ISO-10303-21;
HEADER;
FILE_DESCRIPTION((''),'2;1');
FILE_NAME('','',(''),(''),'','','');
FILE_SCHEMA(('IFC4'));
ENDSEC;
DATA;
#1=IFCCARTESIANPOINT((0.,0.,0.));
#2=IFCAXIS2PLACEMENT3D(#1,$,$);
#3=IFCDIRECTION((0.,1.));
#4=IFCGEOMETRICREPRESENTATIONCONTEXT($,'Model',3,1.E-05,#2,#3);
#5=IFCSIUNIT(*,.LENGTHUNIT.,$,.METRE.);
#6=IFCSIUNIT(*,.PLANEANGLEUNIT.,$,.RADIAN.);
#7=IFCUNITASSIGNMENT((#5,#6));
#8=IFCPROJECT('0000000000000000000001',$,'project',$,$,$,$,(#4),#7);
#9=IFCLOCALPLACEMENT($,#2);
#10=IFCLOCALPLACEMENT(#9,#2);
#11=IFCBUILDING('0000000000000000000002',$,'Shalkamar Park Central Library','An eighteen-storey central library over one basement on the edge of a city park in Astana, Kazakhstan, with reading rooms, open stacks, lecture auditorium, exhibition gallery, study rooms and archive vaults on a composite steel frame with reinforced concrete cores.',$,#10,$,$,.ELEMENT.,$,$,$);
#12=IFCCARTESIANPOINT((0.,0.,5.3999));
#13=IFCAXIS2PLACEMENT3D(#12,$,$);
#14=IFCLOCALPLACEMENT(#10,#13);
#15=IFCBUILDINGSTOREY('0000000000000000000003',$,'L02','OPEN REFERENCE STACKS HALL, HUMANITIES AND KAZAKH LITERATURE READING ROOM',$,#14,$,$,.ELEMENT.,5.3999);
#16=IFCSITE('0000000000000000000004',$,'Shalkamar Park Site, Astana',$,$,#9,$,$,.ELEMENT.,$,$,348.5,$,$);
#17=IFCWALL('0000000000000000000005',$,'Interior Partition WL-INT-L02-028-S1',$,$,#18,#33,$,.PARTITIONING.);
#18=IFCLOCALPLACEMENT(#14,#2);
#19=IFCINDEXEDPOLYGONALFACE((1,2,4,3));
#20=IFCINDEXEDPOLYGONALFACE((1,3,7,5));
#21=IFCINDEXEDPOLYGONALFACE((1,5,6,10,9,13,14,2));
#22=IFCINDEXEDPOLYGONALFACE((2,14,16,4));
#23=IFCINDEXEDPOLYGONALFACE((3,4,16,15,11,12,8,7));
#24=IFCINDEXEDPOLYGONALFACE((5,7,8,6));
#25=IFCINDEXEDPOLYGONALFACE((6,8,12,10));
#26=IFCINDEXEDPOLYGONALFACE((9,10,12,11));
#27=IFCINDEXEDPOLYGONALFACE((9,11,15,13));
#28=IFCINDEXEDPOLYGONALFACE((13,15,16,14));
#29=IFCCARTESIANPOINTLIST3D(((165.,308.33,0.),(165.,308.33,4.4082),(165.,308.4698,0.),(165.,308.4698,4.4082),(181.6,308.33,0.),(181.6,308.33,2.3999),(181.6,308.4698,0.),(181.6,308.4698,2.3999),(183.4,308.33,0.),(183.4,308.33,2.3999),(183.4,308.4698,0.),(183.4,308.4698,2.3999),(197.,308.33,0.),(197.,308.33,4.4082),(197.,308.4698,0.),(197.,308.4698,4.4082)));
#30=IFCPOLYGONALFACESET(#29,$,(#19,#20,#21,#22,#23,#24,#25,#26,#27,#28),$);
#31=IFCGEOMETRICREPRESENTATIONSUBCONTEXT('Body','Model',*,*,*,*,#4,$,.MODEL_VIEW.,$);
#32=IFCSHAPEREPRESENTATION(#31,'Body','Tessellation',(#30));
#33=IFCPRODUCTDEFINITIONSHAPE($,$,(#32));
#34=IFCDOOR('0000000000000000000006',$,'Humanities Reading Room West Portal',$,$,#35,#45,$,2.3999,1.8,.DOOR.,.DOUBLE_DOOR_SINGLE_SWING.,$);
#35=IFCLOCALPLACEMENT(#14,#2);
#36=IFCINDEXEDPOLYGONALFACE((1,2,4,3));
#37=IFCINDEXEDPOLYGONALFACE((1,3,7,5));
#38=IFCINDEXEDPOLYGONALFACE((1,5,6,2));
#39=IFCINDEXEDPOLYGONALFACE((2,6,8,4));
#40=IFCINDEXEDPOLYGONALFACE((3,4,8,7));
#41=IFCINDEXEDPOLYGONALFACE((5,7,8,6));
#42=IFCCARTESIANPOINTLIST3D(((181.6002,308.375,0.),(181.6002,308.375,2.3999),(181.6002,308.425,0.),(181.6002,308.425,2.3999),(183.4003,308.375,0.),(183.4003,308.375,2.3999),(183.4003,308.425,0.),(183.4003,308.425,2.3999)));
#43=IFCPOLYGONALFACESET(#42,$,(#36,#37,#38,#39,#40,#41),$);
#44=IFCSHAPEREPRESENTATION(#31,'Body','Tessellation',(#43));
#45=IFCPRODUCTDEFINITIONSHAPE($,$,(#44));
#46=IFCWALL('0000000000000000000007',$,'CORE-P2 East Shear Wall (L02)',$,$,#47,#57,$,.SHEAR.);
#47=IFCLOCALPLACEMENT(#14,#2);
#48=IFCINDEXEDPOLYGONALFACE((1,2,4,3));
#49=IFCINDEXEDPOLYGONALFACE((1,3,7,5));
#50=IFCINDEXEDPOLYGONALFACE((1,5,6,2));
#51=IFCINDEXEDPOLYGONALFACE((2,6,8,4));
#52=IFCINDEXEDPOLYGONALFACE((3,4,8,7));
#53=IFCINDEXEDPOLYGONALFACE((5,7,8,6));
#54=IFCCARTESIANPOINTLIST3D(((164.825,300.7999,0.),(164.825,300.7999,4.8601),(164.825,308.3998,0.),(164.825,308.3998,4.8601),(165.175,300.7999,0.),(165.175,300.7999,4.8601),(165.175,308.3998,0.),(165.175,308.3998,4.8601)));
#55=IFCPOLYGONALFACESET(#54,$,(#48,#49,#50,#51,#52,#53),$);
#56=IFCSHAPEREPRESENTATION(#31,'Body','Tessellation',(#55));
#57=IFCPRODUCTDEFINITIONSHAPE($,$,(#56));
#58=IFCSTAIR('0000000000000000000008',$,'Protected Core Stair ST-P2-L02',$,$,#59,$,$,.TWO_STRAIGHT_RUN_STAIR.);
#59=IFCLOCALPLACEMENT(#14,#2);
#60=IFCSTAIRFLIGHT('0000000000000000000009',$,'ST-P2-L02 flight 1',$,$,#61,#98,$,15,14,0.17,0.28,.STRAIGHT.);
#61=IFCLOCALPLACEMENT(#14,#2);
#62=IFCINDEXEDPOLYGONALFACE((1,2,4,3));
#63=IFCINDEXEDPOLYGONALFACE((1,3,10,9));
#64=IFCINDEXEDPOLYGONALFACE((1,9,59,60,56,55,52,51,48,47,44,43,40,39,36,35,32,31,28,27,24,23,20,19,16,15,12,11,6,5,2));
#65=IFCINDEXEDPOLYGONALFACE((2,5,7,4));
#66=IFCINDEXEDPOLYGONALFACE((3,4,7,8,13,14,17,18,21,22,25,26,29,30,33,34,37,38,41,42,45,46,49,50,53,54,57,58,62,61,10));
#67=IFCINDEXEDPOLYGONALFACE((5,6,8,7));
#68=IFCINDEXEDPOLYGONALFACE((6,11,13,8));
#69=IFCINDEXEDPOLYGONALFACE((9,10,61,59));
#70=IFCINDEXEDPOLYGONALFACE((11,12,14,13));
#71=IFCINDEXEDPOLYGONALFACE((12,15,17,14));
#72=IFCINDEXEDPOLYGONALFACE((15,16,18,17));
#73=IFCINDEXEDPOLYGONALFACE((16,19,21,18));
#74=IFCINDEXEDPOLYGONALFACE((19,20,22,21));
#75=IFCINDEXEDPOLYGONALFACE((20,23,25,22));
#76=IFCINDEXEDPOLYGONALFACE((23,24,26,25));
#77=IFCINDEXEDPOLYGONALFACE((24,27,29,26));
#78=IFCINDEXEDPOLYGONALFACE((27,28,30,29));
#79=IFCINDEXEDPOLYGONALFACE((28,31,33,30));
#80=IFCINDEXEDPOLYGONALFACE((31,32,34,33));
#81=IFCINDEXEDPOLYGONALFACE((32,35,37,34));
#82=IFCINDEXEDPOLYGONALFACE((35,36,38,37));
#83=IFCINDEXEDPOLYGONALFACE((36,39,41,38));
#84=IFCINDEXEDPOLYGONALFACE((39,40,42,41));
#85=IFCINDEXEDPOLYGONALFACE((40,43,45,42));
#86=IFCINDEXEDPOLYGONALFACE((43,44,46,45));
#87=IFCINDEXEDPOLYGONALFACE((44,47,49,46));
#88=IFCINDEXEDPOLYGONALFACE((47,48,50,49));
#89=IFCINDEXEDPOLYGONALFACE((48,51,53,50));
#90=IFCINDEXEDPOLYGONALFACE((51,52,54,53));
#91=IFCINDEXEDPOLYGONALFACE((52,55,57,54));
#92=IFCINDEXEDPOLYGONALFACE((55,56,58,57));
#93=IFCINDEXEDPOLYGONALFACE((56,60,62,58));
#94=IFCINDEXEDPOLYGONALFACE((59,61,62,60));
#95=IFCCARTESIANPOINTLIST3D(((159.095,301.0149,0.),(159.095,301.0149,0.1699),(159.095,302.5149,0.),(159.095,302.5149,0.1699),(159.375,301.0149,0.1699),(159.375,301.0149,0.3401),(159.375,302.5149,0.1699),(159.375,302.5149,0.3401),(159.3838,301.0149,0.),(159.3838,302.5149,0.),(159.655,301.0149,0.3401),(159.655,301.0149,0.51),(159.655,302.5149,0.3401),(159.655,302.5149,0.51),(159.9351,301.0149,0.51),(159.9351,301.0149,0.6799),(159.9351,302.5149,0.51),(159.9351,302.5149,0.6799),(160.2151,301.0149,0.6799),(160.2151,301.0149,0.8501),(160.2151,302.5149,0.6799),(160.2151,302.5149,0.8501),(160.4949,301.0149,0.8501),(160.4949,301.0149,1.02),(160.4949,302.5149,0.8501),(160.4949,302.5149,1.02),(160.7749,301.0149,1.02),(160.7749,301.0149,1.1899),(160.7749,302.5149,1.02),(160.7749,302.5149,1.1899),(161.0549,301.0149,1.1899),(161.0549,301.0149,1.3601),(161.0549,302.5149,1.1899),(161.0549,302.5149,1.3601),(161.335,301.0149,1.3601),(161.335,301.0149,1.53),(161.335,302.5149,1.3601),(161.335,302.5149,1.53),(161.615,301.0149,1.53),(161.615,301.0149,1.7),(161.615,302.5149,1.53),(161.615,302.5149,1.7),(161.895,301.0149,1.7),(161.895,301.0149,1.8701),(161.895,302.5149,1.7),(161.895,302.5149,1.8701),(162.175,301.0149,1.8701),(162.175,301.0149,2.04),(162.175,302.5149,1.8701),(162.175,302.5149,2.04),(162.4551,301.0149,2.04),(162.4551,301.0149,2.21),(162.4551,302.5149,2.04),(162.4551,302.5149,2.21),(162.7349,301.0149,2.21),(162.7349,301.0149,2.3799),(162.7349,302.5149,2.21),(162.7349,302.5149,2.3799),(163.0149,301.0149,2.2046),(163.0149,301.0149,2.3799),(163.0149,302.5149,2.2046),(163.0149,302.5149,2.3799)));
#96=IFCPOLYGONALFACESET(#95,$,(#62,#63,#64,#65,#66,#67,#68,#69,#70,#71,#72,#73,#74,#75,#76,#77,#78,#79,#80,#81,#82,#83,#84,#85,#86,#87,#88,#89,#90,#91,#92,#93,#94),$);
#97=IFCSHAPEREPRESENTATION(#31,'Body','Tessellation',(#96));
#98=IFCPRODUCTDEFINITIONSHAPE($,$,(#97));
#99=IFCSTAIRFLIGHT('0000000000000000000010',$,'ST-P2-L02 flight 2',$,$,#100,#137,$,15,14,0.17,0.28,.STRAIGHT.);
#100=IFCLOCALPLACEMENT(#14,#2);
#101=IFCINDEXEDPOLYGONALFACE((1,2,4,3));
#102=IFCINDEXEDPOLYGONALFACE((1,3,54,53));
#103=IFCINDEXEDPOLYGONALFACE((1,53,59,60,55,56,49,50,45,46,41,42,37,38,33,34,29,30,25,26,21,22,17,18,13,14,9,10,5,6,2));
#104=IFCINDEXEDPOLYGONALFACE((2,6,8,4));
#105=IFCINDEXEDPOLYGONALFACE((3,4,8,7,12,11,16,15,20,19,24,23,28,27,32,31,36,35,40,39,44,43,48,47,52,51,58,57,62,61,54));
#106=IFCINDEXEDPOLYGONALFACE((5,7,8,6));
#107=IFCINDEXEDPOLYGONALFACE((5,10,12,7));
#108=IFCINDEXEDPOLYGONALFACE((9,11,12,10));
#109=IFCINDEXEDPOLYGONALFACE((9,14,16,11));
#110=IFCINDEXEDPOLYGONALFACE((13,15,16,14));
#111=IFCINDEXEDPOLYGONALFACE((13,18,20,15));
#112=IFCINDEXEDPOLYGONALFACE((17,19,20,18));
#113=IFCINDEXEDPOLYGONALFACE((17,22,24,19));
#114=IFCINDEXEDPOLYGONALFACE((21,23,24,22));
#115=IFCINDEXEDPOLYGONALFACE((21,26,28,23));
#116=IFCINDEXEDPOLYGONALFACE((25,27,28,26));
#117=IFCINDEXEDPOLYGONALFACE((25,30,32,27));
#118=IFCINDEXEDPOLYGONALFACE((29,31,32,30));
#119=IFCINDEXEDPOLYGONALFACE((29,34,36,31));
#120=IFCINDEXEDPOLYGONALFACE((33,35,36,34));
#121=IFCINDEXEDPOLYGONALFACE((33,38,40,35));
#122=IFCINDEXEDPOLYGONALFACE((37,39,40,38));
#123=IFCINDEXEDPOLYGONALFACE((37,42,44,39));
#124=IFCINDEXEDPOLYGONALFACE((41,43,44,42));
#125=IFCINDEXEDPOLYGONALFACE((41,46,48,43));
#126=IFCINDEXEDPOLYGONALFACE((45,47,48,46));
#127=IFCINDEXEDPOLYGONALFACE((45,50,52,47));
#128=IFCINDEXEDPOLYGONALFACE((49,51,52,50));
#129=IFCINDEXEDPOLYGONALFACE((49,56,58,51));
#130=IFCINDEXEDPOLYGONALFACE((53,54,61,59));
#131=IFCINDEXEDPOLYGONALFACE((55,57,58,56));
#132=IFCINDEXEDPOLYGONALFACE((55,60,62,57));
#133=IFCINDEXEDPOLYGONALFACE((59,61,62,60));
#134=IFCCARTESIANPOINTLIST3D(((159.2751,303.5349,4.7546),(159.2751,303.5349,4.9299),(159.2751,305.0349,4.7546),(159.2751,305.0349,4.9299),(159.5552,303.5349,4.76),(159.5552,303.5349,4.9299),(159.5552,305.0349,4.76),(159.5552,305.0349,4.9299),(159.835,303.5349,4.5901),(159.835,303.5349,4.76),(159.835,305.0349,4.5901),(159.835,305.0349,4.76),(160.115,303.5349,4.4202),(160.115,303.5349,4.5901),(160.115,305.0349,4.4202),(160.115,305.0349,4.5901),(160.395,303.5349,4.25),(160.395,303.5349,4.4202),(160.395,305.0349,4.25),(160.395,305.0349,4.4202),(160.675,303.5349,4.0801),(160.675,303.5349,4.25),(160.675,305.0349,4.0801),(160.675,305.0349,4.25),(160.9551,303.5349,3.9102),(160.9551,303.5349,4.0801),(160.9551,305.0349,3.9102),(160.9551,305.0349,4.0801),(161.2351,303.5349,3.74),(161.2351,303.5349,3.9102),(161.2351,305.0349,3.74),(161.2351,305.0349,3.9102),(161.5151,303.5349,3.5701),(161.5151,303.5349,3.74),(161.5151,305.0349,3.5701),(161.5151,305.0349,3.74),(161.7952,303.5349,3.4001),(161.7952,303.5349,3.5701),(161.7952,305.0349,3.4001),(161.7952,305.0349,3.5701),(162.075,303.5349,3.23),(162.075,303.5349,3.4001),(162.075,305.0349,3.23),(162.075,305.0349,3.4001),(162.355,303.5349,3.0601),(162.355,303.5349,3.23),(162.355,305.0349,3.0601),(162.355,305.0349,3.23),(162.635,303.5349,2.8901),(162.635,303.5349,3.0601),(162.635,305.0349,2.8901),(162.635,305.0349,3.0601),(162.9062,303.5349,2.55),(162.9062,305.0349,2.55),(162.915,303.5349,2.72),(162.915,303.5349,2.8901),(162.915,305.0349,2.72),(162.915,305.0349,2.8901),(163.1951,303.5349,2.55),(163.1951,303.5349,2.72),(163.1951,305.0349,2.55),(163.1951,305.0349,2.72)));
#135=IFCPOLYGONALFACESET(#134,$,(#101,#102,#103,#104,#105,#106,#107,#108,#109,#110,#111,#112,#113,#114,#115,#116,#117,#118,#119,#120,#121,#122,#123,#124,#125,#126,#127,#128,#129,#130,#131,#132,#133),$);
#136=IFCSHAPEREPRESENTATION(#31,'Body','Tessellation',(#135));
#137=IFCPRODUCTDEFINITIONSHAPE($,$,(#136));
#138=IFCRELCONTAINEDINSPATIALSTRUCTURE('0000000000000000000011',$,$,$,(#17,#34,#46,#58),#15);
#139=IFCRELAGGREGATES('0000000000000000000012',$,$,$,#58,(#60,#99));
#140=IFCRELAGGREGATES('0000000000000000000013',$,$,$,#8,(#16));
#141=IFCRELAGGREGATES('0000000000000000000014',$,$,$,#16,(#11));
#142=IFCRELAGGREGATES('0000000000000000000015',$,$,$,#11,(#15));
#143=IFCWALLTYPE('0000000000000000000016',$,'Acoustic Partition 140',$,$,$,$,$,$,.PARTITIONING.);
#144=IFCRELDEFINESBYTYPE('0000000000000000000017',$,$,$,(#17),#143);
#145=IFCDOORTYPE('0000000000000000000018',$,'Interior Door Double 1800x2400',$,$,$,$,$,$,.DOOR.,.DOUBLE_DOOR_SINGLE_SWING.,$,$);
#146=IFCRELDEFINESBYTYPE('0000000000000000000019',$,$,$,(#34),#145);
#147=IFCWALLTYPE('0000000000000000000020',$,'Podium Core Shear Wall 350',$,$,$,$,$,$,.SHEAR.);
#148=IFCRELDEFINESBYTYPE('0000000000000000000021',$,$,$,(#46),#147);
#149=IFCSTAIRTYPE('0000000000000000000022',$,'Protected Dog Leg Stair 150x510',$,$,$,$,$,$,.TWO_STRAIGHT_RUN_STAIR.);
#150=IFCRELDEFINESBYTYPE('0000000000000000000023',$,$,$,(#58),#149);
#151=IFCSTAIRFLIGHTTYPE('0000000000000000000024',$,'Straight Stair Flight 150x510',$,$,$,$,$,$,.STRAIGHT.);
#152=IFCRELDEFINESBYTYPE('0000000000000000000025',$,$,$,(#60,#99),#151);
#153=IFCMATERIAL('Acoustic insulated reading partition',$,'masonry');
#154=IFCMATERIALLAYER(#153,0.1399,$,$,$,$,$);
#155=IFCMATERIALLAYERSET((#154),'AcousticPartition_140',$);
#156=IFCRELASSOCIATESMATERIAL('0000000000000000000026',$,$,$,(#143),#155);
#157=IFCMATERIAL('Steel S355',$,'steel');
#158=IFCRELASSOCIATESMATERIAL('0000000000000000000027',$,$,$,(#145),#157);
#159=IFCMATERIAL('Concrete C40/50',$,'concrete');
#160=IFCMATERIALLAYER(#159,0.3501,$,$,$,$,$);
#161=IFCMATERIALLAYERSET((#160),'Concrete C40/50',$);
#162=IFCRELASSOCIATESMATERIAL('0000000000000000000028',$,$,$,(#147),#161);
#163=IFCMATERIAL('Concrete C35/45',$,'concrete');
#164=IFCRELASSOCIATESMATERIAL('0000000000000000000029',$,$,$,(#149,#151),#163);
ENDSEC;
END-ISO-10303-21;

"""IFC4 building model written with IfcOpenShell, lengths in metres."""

from ifc_helpers import new_model, si_unit, direction, frame, frame_2d, origin, place, context, subcontext, project, spatial, polyline, rectangle, outline, extrude, material, layer, layer_set, type_object, element, fill, aggregate, save


model = new_model("IFC4")

# Units and contexts
model_context = context("Model", 3, precision=1e-05, world=origin(), true_north=direction((0.0, 1.0)))
body_context = subcontext(model_context, "Body", "Model", "MODEL_VIEW")
ifc_project = project(units=[si_unit("LENGTHUNIT", "METRE"), si_unit("PLANEANGLEUNIT", "RADIAN")], contexts=[model_context])

# Site, building, storey
site_placement = place(None, origin())
site = spatial("IfcSite", under=ifc_project, at=site_placement, Name="Shalkamar Park Site, Astana", CompositionType="ELEMENT", RefElevation=348.5)
building_placement = place(site_placement, origin())
building = spatial("IfcBuilding", under=site, at=building_placement, Name="Shalkamar Park Central Library", Description="An eighteen-storey central library over one basement on the edge of a city park in Astana, Kazakhstan, with reading rooms, open stacks, lecture auditorium, exhibition gallery, study rooms and archive vaults on a composite steel frame with reinforced concrete cores.", CompositionType="ELEMENT")
storey_placement = place(building_placement, frame((0.0, 0.0, 5.3999)))
storey = spatial("IfcBuildingStorey", under=building, at=storey_placement, Name="L02", Description="OPEN REFERENCE STACKS HALL, HUMANITIES AND KAZAKH LITERATURE READING ROOM", CompositionType="ELEMENT", Elevation=5.3999)

# Shared definitions
ifc_material_1 = material(Name="Steel S355", Category="steel")

# Wall, opening, door
ifc_material_2 = material(Name="Acoustic insulated reading partition", Category="masonry")
ifc_layer_1 = layer(ifc_material_2, 0.1399)
ifc_layer_set_1 = layer_set([ifc_layer_1], Name="AcousticPartition_140")
wall_type_1 = type_object("IfcWallType", Name="Acoustic Partition 140", PredefinedType="PARTITIONING", material=ifc_layer_set_1)
wall_1_placement = place(storey_placement, frame((165.0, 308.3999, 0.0), z_axis=(0.0, 0.0, 1.0), x_axis=(1.0, 0.0, 0.0)))
wall_1 = element("IfcWall", 1, at=wall_1_placement, inside=storey, type_object=wall_type_1, Name="Interior Partition WL-INT-L02-028-S1", PredefinedType="PARTITIONING", context=body_context, shape_type="SweptSolid", body=[
    extrude(rectangle(XDim=32.0, YDim=0.1399, at=frame_2d((16.0, 0.0))), origin(), (0.0, 0.0, 1.0), 4.4082),
])
opening_placement = place(wall_1_placement, frame((16.6001, 0.0, 0.0)))
opening = element("IfcOpeningElement", 2, at=opening_placement, cuts=wall_1, PredefinedType="OPENING", context=body_context, shape_type="SweptSolid", body=[
    extrude(rectangle(XDim=1.8, YDim=2.3999, at=frame_2d((0.8999, 1.2))), frame((0.0, 0.085, 0.0), z_axis=(0.0, -1.0, 0.0), x_axis=(1.0, 0.0, 0.0)), (0.0, 0.0, 1.0), 0.1697),
])
door_type = type_object("IfcDoorType", Name="Interior Door Double 1800x2400", OperationType="DOUBLE_DOOR_SINGLE_SWING", PredefinedType="DOOR", material=ifc_material_1)
door_placement = place(opening_placement, frame((1.8, 0.0, 0.0), z_axis=(0.0, 0.0, 1.0), x_axis=(-1.0, 0.0, 0.0)))
door = element("IfcDoor", 3, at=door_placement, inside=storey, type_object=door_type, Name="Humanities Reading Room West Portal", OperationType="DOUBLE_DOOR_SINGLE_SWING", OverallHeight=2.3999, OverallWidth=1.8, PredefinedType="DOOR", context=body_context, shape_type="SweptSolid", body=[
    extrude(rectangle(XDim=1.8, YDim=2.3999, at=frame_2d((0.8999, 1.2))), frame((0.0, 0.0249, 0.0), z_axis=(0.0, -1.0, 0.0), x_axis=(1.0, 0.0, 0.0)), (0.0, 0.0, 1.0), 0.05),
])
fill(opening, door)

# Wall
ifc_material_3 = material(Name="Concrete C40/50", Category="concrete")
ifc_layer_2 = layer(ifc_material_3, 0.3501)
ifc_layer_set_2 = layer_set([ifc_layer_2], Name="Concrete C40/50")
wall_type_2 = type_object("IfcWallType", Name="Podium Core Shear Wall 350", PredefinedType="SHEAR", material=ifc_layer_set_2)
wall_2_placement = place(storey_placement, frame((165.0, 300.8, 0.0), z_axis=(0.0, 0.0, 1.0), x_axis=(0.0, 1.0, 0.0)))
element("IfcWall", 4, at=wall_2_placement, inside=storey, type_object=wall_type_2, Name="CORE-P2 East Shear Wall (L02)", PredefinedType="SHEAR", context=body_context, shape_type="SweptSolid", body=[
    extrude(rectangle(XDim=7.5999, YDim=0.3501, at=frame_2d((3.7998, 0.0))), origin(), (0.0, 0.0, 1.0), 4.8601),
])

# Stair, stair flights
ifc_material_4 = material(Name="Concrete C35/45", Category="concrete")
stair_type = type_object("IfcStairType", Name="Protected Dog Leg Stair 150x510", PredefinedType="TWO_STRAIGHT_RUN_STAIR", material=ifc_material_4)
stair_placement = place(storey_placement, origin())
stair = element("IfcStair", 5, at=stair_placement, inside=storey, type_object=stair_type, Name="Protected Core Stair ST-P2-L02", PredefinedType="TWO_STRAIGHT_RUN_STAIR")
stair_flight_type = type_object("IfcStairFlightType", Name="Straight Stair Flight 150x510", PredefinedType="STRAIGHT", material=ifc_material_4)
stair_flight_1_placement = place(storey_placement, frame((159.095, 301.7649, 0.0), z_axis=(0.0, 0.0, 1.0), x_axis=(1.0, 0.0, 0.0)))
stair_flight_1 = element("IfcStairFlight", 6, at=stair_flight_1_placement, type_object=stair_flight_type, Name="ST-P2-L02 flight 1", NumberOfRisers=15, NumberOfTreads=14, PredefinedType="STRAIGHT", RiserHeight=0.17, TreadLength=0.28, context=body_context, shape_type="SweptSolid", body=[
    extrude(outline(polyline([(0.0, 0.0), (0.0, 0.1699), (0.28, 0.1699), (0.28, 0.3401), (0.5601, 0.3401), (0.5601, 0.51), (0.8401, 0.51), (0.8401, 0.6799), (1.1201, 0.6799), (1.1201, 0.8501), (1.3999, 0.8501), (1.3999, 1.02), (1.6799, 1.02), (1.6799, 1.1899), (1.96, 1.1899), (1.96, 1.3601), (2.24, 1.3601), (2.24, 1.53), (2.52, 1.53), (2.52, 1.7), (2.8, 1.7), (2.8, 1.8701), (3.0801, 1.8701), (3.0801, 2.04), (3.3601, 2.04), (3.3601, 2.21), (3.6399, 2.21), (3.6399, 2.3799), (3.9199, 2.3799), (3.9199, 2.55), (3.9199, 2.2046), (0.2888, 0.0), (0.0, 0.0)])), frame((0.0, 0.75, 0.0), z_axis=(0.0, -1.0, 0.0), x_axis=(1.0, 0.0, 0.0)), (0.0, 0.0, 1.0), 1.5),
])
stair_flight_2_placement = place(storey_placement, frame((163.1951, 304.2849, 2.55), z_axis=(0.0, 0.0, 1.0), x_axis=(-1.0, 0.0, 0.0)))
stair_flight_2 = element("IfcStairFlight", 7, at=stair_flight_2_placement, type_object=stair_flight_type, Name="ST-P2-L02 flight 2", NumberOfRisers=15, NumberOfTreads=14, PredefinedType="STRAIGHT", RiserHeight=0.17, TreadLength=0.28, context=body_context, shape_type="SweptSolid", body=[
    extrude(outline(polyline([(0.0, 0.0), (0.0, 0.1699), (0.28, 0.1699), (0.28, 0.3401), (0.5601, 0.3401), (0.5601, 0.51), (0.8401, 0.51), (0.8401, 0.6799), (1.1201, 0.6799), (1.1201, 0.8501), (1.3999, 0.8501), (1.3999, 1.02), (1.6799, 1.02), (1.6799, 1.1899), (1.96, 1.1899), (1.96, 1.3601), (2.24, 1.3601), (2.24, 1.53), (2.52, 1.53), (2.52, 1.7), (2.8, 1.7), (2.8, 1.8701), (3.0801, 1.8701), (3.0801, 2.04), (3.3601, 2.04), (3.3601, 2.21), (3.6399, 2.21), (3.6399, 2.3799), (3.9199, 2.3799), (3.9199, 2.55), (3.9199, 2.2046), (0.2888, 0.0), (0.0, 0.0)])), frame((0.0, 0.75, 0.0), z_axis=(0.0, -1.0, 0.0), x_axis=(1.0, 0.0, 0.0)), (0.0, 0.0, 1.0), 1.5),
])
aggregate(stair, [stair_flight_1, stair_flight_2])

save(model, "model.ifc")
